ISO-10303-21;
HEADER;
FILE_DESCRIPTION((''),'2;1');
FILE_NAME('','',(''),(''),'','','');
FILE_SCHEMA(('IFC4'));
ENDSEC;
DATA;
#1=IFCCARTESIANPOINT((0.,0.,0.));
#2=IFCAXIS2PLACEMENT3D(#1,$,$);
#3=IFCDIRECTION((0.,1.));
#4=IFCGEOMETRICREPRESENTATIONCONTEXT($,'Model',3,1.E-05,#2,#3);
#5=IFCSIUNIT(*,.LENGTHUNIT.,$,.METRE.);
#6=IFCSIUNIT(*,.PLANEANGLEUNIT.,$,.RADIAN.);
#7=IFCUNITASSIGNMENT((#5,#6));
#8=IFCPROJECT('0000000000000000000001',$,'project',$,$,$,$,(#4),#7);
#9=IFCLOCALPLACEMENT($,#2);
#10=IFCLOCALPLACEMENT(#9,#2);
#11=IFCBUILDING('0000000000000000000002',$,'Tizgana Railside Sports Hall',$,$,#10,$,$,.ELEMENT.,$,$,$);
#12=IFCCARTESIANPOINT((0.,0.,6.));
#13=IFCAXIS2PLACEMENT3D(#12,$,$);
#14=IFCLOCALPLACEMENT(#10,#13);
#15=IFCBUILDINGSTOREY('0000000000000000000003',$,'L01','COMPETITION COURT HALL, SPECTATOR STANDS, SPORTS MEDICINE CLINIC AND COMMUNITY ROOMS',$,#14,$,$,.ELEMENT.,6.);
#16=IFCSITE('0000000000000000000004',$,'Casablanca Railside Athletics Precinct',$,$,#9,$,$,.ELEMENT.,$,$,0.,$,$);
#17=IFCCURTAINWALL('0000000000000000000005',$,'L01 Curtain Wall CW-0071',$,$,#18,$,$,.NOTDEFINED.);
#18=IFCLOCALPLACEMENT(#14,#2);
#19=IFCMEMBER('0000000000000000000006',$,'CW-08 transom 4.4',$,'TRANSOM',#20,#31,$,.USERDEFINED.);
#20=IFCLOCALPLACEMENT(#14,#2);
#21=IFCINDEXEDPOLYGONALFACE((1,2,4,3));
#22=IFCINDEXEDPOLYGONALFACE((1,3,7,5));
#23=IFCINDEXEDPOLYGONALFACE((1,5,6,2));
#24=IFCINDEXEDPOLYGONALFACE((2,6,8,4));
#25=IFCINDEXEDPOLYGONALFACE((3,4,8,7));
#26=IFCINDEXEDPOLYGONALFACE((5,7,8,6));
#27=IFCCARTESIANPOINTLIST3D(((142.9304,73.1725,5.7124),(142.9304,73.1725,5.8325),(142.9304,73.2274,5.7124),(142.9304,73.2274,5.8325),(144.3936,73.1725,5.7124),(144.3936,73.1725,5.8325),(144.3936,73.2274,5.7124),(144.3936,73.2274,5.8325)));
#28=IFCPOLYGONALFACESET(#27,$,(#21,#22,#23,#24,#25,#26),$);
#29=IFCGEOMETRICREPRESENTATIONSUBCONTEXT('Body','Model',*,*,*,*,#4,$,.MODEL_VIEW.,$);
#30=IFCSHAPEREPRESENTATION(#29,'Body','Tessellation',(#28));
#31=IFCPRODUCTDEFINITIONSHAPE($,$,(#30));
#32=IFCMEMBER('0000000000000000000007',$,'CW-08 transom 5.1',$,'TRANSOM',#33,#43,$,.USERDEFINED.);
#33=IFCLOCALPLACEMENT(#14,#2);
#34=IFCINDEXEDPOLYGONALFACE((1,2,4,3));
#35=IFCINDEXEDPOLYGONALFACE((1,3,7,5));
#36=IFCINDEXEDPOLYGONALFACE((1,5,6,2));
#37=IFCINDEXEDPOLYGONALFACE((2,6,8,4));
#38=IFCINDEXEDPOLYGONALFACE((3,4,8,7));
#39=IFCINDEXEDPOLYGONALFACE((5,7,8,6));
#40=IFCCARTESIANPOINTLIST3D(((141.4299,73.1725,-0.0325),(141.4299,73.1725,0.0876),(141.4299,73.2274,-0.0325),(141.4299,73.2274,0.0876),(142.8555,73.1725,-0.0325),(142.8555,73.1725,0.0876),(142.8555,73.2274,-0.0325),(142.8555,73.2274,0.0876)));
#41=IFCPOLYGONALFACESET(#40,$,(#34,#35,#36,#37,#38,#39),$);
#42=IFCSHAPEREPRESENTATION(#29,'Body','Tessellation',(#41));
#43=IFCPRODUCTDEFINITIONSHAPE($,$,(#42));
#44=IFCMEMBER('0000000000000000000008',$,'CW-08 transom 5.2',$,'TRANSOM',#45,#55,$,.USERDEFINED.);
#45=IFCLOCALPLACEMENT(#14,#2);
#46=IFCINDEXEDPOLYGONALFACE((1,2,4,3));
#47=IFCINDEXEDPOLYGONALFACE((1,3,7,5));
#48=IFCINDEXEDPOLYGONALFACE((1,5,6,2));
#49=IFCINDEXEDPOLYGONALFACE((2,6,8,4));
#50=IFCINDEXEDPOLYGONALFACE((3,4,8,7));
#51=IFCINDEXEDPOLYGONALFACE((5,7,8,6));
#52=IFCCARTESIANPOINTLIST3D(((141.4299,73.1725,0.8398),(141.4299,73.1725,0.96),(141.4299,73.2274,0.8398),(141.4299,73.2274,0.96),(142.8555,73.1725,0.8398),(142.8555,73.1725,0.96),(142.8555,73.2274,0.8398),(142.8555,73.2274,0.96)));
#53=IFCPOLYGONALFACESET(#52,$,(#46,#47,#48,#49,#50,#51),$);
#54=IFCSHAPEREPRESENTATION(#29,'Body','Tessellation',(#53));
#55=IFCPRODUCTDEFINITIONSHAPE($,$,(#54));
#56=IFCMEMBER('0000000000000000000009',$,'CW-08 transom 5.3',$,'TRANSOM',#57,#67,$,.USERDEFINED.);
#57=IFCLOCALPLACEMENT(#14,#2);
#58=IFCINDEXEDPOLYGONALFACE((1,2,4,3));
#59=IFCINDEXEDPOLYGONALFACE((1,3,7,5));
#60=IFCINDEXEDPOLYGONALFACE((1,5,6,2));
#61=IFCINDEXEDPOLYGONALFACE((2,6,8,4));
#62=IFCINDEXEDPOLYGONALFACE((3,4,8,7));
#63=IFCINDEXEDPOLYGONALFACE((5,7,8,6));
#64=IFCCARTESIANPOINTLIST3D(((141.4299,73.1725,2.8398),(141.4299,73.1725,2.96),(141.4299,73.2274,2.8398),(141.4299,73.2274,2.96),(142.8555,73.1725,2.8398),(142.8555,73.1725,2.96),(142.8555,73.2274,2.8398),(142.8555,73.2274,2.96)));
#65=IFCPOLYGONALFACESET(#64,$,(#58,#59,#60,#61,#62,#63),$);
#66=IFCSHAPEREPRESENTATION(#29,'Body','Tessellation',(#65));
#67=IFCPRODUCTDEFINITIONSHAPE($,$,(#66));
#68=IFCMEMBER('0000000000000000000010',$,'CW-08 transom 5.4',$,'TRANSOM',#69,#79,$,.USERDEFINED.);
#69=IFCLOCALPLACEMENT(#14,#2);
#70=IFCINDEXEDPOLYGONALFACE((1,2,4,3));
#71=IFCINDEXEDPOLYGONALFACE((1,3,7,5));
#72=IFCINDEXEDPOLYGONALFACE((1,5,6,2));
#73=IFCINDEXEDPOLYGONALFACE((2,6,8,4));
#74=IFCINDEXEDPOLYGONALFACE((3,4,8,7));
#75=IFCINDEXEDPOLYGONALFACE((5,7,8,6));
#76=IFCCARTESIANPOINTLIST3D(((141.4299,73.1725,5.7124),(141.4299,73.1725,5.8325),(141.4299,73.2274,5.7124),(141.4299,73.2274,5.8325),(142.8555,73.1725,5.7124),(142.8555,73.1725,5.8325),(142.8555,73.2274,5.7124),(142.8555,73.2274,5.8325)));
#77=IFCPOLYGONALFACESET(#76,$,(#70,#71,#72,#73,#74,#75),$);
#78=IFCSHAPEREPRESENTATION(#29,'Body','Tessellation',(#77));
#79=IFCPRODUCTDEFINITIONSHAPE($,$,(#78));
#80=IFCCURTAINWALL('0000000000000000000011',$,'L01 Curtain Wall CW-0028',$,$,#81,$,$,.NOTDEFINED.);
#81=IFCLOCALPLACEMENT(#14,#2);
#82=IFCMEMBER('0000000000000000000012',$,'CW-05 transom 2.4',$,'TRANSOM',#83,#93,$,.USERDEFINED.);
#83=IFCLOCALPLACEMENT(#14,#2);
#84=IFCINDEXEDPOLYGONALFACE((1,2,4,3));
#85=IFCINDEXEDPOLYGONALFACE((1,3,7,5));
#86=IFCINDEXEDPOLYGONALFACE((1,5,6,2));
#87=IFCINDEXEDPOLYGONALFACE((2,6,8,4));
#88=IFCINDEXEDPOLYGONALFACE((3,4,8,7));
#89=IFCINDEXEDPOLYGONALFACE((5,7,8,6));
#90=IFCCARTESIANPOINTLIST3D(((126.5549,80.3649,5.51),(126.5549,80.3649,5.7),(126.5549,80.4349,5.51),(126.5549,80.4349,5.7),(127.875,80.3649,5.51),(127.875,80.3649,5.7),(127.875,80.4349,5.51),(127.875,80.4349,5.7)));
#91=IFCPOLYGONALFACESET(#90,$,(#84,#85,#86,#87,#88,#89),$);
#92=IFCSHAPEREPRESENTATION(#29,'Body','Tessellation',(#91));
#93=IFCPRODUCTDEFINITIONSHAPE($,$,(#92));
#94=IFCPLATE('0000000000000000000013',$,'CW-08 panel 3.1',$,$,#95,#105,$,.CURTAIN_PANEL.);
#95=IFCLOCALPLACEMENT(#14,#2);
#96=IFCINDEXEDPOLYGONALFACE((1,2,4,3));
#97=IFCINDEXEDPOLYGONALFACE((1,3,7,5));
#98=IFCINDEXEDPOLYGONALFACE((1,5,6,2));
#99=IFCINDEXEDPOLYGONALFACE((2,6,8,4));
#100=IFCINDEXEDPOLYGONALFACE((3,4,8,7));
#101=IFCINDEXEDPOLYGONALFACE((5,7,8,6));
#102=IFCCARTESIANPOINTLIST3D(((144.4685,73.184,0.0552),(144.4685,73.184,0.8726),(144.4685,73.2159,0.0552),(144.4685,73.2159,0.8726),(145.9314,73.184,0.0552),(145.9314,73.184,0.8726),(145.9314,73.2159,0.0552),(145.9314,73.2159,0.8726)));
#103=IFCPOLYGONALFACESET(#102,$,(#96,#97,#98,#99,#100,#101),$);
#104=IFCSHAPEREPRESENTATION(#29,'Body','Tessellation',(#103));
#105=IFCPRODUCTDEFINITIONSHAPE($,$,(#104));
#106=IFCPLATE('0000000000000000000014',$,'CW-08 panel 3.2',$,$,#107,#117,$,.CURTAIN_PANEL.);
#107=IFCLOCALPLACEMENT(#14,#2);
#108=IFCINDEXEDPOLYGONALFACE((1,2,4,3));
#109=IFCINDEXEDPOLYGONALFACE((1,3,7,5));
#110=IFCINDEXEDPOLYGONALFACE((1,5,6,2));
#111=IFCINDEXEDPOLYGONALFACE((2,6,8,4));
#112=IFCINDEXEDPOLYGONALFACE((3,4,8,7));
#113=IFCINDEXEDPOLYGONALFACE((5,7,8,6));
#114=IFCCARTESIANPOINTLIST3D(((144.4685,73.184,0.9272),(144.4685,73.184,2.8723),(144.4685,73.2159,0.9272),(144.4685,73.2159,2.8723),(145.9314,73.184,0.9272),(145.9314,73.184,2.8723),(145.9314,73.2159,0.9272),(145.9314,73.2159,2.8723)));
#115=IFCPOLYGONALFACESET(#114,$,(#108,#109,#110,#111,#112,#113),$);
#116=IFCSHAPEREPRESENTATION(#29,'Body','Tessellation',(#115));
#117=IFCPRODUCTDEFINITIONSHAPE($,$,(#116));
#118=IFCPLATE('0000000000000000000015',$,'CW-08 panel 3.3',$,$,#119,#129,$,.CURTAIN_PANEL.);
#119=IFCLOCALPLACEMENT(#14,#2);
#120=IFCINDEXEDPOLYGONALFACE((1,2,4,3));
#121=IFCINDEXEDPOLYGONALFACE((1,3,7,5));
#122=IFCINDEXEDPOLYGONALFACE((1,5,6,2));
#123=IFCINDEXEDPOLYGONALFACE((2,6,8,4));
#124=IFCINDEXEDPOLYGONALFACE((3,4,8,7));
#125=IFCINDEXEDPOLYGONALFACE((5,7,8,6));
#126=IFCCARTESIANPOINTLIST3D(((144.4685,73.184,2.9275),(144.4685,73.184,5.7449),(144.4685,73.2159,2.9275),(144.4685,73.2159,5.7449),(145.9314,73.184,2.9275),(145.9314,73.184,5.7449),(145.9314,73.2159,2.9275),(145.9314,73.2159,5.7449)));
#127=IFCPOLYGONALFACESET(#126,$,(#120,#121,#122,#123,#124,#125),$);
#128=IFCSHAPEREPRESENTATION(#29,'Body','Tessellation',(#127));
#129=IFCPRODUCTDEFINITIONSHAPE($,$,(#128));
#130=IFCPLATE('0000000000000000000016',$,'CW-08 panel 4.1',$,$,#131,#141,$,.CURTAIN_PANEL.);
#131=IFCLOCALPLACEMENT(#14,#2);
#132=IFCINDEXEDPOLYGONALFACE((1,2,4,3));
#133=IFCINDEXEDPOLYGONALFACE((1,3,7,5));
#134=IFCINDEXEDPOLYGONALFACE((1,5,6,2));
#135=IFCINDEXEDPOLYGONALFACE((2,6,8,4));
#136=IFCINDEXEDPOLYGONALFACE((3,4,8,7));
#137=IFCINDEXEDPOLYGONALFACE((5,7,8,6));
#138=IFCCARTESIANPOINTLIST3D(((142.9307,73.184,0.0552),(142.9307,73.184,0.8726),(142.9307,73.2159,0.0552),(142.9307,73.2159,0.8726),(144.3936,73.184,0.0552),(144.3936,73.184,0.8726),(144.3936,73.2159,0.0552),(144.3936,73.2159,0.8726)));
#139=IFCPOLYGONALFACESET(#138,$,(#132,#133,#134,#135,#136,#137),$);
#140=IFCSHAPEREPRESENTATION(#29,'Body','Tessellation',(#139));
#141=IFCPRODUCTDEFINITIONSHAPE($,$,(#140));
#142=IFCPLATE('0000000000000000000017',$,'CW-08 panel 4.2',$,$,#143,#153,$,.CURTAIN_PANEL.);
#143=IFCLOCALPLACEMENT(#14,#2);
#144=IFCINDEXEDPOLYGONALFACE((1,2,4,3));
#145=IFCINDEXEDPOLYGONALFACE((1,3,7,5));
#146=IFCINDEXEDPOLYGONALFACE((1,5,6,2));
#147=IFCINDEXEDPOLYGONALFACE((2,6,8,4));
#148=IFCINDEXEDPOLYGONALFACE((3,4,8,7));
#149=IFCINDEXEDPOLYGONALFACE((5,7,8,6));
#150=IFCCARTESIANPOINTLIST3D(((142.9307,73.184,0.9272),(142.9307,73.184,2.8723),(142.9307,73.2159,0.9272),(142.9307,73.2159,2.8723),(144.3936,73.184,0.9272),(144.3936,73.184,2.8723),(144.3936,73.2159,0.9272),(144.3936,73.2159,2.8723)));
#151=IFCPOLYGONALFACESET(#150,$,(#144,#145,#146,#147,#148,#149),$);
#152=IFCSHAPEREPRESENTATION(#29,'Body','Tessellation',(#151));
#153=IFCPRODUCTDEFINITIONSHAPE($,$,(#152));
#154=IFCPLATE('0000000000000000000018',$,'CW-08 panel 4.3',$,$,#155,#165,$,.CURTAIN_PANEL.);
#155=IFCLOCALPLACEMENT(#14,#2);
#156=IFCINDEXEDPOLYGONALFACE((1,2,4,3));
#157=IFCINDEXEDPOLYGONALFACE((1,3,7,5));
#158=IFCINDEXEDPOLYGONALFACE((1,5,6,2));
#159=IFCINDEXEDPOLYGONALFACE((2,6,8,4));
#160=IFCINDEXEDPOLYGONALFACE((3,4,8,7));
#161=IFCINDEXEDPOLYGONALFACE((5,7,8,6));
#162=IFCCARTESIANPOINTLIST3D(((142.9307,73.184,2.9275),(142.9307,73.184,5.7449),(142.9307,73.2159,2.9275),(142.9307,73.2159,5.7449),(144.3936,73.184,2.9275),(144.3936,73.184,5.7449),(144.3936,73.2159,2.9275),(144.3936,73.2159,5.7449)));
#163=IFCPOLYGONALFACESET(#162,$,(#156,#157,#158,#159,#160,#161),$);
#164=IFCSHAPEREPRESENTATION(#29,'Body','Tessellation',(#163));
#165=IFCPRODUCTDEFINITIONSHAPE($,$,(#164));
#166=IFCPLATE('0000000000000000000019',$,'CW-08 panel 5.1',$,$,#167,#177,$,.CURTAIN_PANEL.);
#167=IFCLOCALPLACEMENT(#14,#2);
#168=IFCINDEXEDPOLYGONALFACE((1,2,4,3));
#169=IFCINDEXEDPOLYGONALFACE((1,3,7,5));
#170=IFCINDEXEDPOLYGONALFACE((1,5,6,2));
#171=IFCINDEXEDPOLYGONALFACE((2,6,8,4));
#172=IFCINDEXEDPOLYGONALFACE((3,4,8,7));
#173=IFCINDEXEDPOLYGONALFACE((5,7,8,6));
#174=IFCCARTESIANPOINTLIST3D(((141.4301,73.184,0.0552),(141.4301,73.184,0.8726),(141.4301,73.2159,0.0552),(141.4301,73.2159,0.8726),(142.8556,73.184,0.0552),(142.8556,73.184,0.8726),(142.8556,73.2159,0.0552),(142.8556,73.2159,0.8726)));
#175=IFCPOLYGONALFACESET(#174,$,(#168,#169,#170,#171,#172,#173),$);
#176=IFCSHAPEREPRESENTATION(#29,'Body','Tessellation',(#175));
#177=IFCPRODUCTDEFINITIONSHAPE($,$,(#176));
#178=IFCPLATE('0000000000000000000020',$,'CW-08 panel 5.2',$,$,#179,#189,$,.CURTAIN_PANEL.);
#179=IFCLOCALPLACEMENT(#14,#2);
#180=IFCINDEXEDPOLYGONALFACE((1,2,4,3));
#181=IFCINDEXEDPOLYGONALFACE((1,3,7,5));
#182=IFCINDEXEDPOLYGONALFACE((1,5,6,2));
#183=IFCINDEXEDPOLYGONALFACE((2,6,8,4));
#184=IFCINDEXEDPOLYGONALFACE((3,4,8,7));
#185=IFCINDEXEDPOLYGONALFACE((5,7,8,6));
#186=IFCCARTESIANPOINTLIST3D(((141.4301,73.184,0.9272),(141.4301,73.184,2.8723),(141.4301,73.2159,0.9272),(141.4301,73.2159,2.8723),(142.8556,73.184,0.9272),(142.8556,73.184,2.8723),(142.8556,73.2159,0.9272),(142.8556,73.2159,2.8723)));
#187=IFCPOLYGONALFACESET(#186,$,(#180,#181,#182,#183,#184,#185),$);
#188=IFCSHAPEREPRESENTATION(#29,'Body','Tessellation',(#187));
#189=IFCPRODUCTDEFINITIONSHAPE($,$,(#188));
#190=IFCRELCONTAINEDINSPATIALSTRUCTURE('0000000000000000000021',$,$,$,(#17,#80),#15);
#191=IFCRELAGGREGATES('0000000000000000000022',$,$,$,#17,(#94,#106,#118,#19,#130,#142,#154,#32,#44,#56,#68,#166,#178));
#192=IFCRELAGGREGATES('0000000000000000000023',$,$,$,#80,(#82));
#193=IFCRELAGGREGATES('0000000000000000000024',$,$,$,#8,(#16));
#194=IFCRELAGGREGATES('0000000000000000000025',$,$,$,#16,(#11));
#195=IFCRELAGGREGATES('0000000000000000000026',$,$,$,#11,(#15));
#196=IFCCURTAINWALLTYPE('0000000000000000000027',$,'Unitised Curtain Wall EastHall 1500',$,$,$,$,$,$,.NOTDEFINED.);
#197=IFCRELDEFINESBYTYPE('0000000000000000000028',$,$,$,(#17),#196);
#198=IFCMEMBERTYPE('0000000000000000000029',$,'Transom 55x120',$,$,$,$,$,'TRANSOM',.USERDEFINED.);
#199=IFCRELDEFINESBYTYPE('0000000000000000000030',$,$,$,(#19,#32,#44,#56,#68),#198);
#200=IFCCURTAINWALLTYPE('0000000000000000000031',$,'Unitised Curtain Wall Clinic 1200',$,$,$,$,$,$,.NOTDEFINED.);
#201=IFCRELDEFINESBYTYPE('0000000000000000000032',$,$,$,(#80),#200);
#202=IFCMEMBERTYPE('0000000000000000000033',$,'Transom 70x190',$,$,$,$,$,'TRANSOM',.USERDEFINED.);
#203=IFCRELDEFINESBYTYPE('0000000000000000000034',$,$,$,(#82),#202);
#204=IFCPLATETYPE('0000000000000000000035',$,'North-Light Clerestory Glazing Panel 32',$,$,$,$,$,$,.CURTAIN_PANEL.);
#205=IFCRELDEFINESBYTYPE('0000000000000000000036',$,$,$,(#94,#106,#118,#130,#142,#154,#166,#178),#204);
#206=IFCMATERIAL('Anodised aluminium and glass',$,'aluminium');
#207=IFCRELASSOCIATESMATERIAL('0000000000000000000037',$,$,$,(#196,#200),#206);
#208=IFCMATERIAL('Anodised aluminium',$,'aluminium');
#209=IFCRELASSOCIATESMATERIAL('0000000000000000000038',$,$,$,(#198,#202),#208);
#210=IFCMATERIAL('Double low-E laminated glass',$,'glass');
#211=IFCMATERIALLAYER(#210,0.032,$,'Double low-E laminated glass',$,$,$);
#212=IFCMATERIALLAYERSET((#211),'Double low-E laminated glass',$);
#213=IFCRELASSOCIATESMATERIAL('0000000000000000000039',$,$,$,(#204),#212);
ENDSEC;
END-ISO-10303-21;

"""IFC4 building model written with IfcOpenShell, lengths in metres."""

from ifc_helpers import new_model, si_unit, direction, frame, origin, origin_2d, place, context, subcontext, project, spatial, rectangle, extrude, material, layer, layer_set, material_profile, profile_set, type_object, element, aggregate, save


model = new_model("IFC4")

# Units and contexts
model_context = context("Model", 3, precision=1e-05, world=origin(), true_north=direction((0.0, 1.0)))
body_context = subcontext(model_context, "Body", "Model", "MODEL_VIEW")
ifc_project = project(units=[si_unit("LENGTHUNIT", "METRE"), si_unit("PLANEANGLEUNIT", "RADIAN")], contexts=[model_context])

# Site, building, storey
site_placement = place(None, origin())
site = spatial("IfcSite", under=ifc_project, at=site_placement, Name="Casablanca Railside Athletics Precinct", CompositionType="ELEMENT", RefElevation=0.0)
building_placement = place(site_placement, origin())
building = spatial("IfcBuilding", under=site, at=building_placement, Name="Tizgana Railside Sports Hall", CompositionType="ELEMENT")
storey_placement = place(building_placement, frame((0.0, 0.0, 6.0)))
storey = spatial("IfcBuildingStorey", under=building, at=storey_placement, Name="L01", Description="COMPETITION COURT HALL, SPECTATOR STANDS, SPORTS MEDICINE CLINIC AND COMMUNITY ROOMS", CompositionType="ELEMENT", Elevation=6.0)

# Curtain wall, members
ifc_material_1 = material(Name="Anodised aluminium and glass", Category="aluminium")
curtain_wall_type_1 = type_object("IfcCurtainWallType", Name="Unitised Curtain Wall EastHall 1500", PredefinedType="NOTDEFINED", material=ifc_material_1)
curtain_wall_1_placement = place(storey_placement, origin())
curtain_wall_1 = element("IfcCurtainWall", 1, at=curtain_wall_1_placement, inside=storey, type_object=curtain_wall_type_1, Name="L01 Curtain Wall CW-0071", PredefinedType="NOTDEFINED")
ifc_material_2 = material(Name="Anodised aluminium", Category="aluminium")
ifc_material_profile_1 = material_profile(ifc_material_2, rectangle(XDim=0.0549, YDim=0.1201, at=origin_2d()), Name="Transom 55x120")
ifc_profile_set_1 = profile_set([ifc_material_profile_1], Name="Anodised aluminium")
member_type_1 = type_object("IfcMemberType", Name="Transom 55x120", ElementType="TRANSOM", PredefinedType="USERDEFINED", material=ifc_profile_set_1)
member_1_placement = place(storey_placement, frame((144.3936, 73.2, 5.7725), z_axis=(-1.0, 0.0, 0.0), x_axis=(0.0, -1.0, 0.0)))
member_1 = element("IfcMember", 2, at=member_1_placement, type_object=member_type_1, Name="CW-08 transom 4.4", ObjectType="TRANSOM", PredefinedType="USERDEFINED", context=body_context, shape_type="SweptSolid", body=[
    extrude(rectangle(XDim=0.0549, YDim=0.1201, at=origin_2d()), origin(), (0.0, 0.0, 1.0), 1.4631),
])
member_2_placement = place(storey_placement, frame((142.8555, 73.2, 0.0276), z_axis=(-1.0, 0.0, 0.0), x_axis=(0.0, -1.0, 0.0)))
member_2 = element("IfcMember", 3, at=member_2_placement, type_object=member_type_1, Name="CW-08 transom 5.1", ObjectType="TRANSOM", PredefinedType="USERDEFINED", context=body_context, shape_type="SweptSolid", body=[
    extrude(rectangle(XDim=0.0549, YDim=0.1201, at=origin_2d()), origin(), (0.0, 0.0, 1.0), 1.4255),
])
member_3_placement = place(storey_placement, frame((142.8555, 73.2, 0.8999), z_axis=(-1.0, 0.0, 0.0), x_axis=(0.0, -1.0, 0.0)))
member_3 = element("IfcMember", 4, at=member_3_placement, type_object=member_type_1, Name="CW-08 transom 5.2", ObjectType="TRANSOM", PredefinedType="USERDEFINED", context=body_context, shape_type="SweptSolid", body=[
    extrude(rectangle(XDim=0.0549, YDim=0.1201, at=origin_2d()), origin(), (0.0, 0.0, 1.0), 1.4255),
])
member_4_placement = place(storey_placement, frame((142.8555, 73.2, 2.8999), z_axis=(-1.0, 0.0, 0.0), x_axis=(0.0, -1.0, 0.0)))
member_4 = element("IfcMember", 5, at=member_4_placement, type_object=member_type_1, Name="CW-08 transom 5.3", ObjectType="TRANSOM", PredefinedType="USERDEFINED", context=body_context, shape_type="SweptSolid", body=[
    extrude(rectangle(XDim=0.0549, YDim=0.1201, at=origin_2d()), origin(), (0.0, 0.0, 1.0), 1.4255),
])
member_5_placement = place(storey_placement, frame((142.8555, 73.2, 5.7725), z_axis=(-1.0, 0.0, 0.0), x_axis=(0.0, -1.0, 0.0)))
member_5 = element("IfcMember", 6, at=member_5_placement, type_object=member_type_1, Name="CW-08 transom 5.4", ObjectType="TRANSOM", PredefinedType="USERDEFINED", context=body_context, shape_type="SweptSolid", body=[
    extrude(rectangle(XDim=0.0549, YDim=0.1201, at=origin_2d()), origin(), (0.0, 0.0, 1.0), 1.4255),
])

# Curtain wall, member
curtain_wall_type_2 = type_object("IfcCurtainWallType", Name="Unitised Curtain Wall Clinic 1200", PredefinedType="NOTDEFINED", material=ifc_material_1)
curtain_wall_2_placement = place(storey_placement, origin())
curtain_wall_2 = element("IfcCurtainWall", 7, at=curtain_wall_2_placement, inside=storey, type_object=curtain_wall_type_2, Name="L01 Curtain Wall CW-0028", PredefinedType="NOTDEFINED")
ifc_material_profile_2 = material_profile(ifc_material_2, rectangle(XDim=0.0701, YDim=0.1899, at=origin_2d()), Name="Transom 70x190")
ifc_profile_set_2 = profile_set([ifc_material_profile_2], Name="Anodised aluminium")
member_type_2 = type_object("IfcMemberType", Name="Transom 70x190", ElementType="TRANSOM", PredefinedType="USERDEFINED", material=ifc_profile_set_2)
member_6_placement = place(storey_placement, frame((126.5549, 80.3999, 5.605), z_axis=(1.0, 0.0, 0.0), x_axis=(0.0, 1.0, 0.0)))
member_6 = element("IfcMember", 8, at=member_6_placement, type_object=member_type_2, Name="CW-05 transom 2.4", ObjectType="TRANSOM", PredefinedType="USERDEFINED", context=body_context, shape_type="SweptSolid", body=[
    extrude(rectangle(XDim=0.0701, YDim=0.1899, at=origin_2d()), origin(), (0.0, 0.0, 1.0), 1.3201),
])

# Plates
ifc_material_3 = material(Name="Double low-E laminated glass", Category="glass")
ifc_layer_1 = layer(ifc_material_3, 0.032, Name="Double low-E laminated glass")
ifc_layer_set_1 = layer_set([ifc_layer_1], Name="Double low-E laminated glass")
plate_type_1 = type_object("IfcPlateType", Name="North-Light Clerestory Glazing Panel 32", PredefinedType="CURTAIN_PANEL", material=ifc_layer_set_1)
plate_1_placement = place(storey_placement, frame((145.2, 73.2, 0.0552), z_axis=(0.0, 0.0, 1.0), x_axis=(-1.0, 0.0, 0.0)))
plate_1 = element("IfcPlate", 9, at=plate_1_placement, type_object=plate_type_1, Name="CW-08 panel 3.1", PredefinedType="CURTAIN_PANEL", context=body_context, shape_type="SweptSolid", body=[
    extrude(rectangle(XDim=1.4629, YDim=0.032, at=origin_2d()), origin(), (0.0, 0.0, 1.0), 0.8174),
])
plate_2_placement = place(storey_placement, frame((145.2, 73.2, 0.9272), z_axis=(0.0, 0.0, 1.0), x_axis=(-1.0, 0.0, 0.0)))
plate_2 = element("IfcPlate", 10, at=plate_2_placement, type_object=plate_type_1, Name="CW-08 panel 3.2", PredefinedType="CURTAIN_PANEL", context=body_context, shape_type="SweptSolid", body=[
    extrude(rectangle(XDim=1.4629, YDim=0.032, at=origin_2d()), origin(), (0.0, 0.0, 1.0), 1.9451),
])
plate_3_placement = place(storey_placement, frame((145.2, 73.2, 2.9275), z_axis=(0.0, 0.0, 1.0), x_axis=(-1.0, 0.0, 0.0)))
plate_3 = element("IfcPlate", 11, at=plate_3_placement, type_object=plate_type_1, Name="CW-08 panel 3.3", PredefinedType="CURTAIN_PANEL", context=body_context, shape_type="SweptSolid", body=[
    extrude(rectangle(XDim=1.4629, YDim=0.032, at=origin_2d()), origin(), (0.0, 0.0, 1.0), 2.8174),
])
plate_4_placement = place(storey_placement, frame((143.6621, 73.2, 0.0552), z_axis=(0.0, 0.0, 1.0), x_axis=(-1.0, 0.0, 0.0)))
plate_4 = element("IfcPlate", 12, at=plate_4_placement, type_object=plate_type_1, Name="CW-08 panel 4.1", PredefinedType="CURTAIN_PANEL", context=body_context, shape_type="SweptSolid", body=[
    extrude(rectangle(XDim=1.4629, YDim=0.032, at=origin_2d()), origin(), (0.0, 0.0, 1.0), 0.8174),
])
plate_5_placement = place(storey_placement, frame((143.6621, 73.2, 0.9272), z_axis=(0.0, 0.0, 1.0), x_axis=(-1.0, 0.0, 0.0)))
plate_5 = element("IfcPlate", 13, at=plate_5_placement, type_object=plate_type_1, Name="CW-08 panel 4.2", PredefinedType="CURTAIN_PANEL", context=body_context, shape_type="SweptSolid", body=[
    extrude(rectangle(XDim=1.4629, YDim=0.032, at=origin_2d()), origin(), (0.0, 0.0, 1.0), 1.9451),
])
plate_6_placement = place(storey_placement, frame((143.6621, 73.2, 2.9275), z_axis=(0.0, 0.0, 1.0), x_axis=(-1.0, 0.0, 0.0)))
plate_6 = element("IfcPlate", 14, at=plate_6_placement, type_object=plate_type_1, Name="CW-08 panel 4.3", PredefinedType="CURTAIN_PANEL", context=body_context, shape_type="SweptSolid", body=[
    extrude(rectangle(XDim=1.4629, YDim=0.032, at=origin_2d()), origin(), (0.0, 0.0, 1.0), 2.8174),
])
plate_7_placement = place(storey_placement, frame((142.1428, 73.2, 0.0552), z_axis=(0.0, 0.0, 1.0), x_axis=(-1.0, 0.0, 0.0)))
plate_7 = element("IfcPlate", 15, at=plate_7_placement, type_object=plate_type_1, Name="CW-08 panel 5.1", PredefinedType="CURTAIN_PANEL", context=body_context, shape_type="SweptSolid", body=[
    extrude(rectangle(XDim=1.4255, YDim=0.032, at=origin_2d()), origin(), (0.0, 0.0, 1.0), 0.8174),
])
plate_8_placement = place(storey_placement, frame((142.1428, 73.2, 0.9272), z_axis=(0.0, 0.0, 1.0), x_axis=(-1.0, 0.0, 0.0)))
plate_8 = element("IfcPlate", 16, at=plate_8_placement, type_object=plate_type_1, Name="CW-08 panel 5.2", PredefinedType="CURTAIN_PANEL", context=body_context, shape_type="SweptSolid", body=[
    extrude(rectangle(XDim=1.4255, YDim=0.032, at=origin_2d()), origin(), (0.0, 0.0, 1.0), 1.9451),
])
aggregate(curtain_wall_1, [plate_1, plate_2, plate_3, member_1, plate_4, plate_5, plate_6, member_2, member_3, member_4, member_5, plate_7, plate_8])
aggregate(curtain_wall_2, [member_6])

save(model, "model.ifc")
